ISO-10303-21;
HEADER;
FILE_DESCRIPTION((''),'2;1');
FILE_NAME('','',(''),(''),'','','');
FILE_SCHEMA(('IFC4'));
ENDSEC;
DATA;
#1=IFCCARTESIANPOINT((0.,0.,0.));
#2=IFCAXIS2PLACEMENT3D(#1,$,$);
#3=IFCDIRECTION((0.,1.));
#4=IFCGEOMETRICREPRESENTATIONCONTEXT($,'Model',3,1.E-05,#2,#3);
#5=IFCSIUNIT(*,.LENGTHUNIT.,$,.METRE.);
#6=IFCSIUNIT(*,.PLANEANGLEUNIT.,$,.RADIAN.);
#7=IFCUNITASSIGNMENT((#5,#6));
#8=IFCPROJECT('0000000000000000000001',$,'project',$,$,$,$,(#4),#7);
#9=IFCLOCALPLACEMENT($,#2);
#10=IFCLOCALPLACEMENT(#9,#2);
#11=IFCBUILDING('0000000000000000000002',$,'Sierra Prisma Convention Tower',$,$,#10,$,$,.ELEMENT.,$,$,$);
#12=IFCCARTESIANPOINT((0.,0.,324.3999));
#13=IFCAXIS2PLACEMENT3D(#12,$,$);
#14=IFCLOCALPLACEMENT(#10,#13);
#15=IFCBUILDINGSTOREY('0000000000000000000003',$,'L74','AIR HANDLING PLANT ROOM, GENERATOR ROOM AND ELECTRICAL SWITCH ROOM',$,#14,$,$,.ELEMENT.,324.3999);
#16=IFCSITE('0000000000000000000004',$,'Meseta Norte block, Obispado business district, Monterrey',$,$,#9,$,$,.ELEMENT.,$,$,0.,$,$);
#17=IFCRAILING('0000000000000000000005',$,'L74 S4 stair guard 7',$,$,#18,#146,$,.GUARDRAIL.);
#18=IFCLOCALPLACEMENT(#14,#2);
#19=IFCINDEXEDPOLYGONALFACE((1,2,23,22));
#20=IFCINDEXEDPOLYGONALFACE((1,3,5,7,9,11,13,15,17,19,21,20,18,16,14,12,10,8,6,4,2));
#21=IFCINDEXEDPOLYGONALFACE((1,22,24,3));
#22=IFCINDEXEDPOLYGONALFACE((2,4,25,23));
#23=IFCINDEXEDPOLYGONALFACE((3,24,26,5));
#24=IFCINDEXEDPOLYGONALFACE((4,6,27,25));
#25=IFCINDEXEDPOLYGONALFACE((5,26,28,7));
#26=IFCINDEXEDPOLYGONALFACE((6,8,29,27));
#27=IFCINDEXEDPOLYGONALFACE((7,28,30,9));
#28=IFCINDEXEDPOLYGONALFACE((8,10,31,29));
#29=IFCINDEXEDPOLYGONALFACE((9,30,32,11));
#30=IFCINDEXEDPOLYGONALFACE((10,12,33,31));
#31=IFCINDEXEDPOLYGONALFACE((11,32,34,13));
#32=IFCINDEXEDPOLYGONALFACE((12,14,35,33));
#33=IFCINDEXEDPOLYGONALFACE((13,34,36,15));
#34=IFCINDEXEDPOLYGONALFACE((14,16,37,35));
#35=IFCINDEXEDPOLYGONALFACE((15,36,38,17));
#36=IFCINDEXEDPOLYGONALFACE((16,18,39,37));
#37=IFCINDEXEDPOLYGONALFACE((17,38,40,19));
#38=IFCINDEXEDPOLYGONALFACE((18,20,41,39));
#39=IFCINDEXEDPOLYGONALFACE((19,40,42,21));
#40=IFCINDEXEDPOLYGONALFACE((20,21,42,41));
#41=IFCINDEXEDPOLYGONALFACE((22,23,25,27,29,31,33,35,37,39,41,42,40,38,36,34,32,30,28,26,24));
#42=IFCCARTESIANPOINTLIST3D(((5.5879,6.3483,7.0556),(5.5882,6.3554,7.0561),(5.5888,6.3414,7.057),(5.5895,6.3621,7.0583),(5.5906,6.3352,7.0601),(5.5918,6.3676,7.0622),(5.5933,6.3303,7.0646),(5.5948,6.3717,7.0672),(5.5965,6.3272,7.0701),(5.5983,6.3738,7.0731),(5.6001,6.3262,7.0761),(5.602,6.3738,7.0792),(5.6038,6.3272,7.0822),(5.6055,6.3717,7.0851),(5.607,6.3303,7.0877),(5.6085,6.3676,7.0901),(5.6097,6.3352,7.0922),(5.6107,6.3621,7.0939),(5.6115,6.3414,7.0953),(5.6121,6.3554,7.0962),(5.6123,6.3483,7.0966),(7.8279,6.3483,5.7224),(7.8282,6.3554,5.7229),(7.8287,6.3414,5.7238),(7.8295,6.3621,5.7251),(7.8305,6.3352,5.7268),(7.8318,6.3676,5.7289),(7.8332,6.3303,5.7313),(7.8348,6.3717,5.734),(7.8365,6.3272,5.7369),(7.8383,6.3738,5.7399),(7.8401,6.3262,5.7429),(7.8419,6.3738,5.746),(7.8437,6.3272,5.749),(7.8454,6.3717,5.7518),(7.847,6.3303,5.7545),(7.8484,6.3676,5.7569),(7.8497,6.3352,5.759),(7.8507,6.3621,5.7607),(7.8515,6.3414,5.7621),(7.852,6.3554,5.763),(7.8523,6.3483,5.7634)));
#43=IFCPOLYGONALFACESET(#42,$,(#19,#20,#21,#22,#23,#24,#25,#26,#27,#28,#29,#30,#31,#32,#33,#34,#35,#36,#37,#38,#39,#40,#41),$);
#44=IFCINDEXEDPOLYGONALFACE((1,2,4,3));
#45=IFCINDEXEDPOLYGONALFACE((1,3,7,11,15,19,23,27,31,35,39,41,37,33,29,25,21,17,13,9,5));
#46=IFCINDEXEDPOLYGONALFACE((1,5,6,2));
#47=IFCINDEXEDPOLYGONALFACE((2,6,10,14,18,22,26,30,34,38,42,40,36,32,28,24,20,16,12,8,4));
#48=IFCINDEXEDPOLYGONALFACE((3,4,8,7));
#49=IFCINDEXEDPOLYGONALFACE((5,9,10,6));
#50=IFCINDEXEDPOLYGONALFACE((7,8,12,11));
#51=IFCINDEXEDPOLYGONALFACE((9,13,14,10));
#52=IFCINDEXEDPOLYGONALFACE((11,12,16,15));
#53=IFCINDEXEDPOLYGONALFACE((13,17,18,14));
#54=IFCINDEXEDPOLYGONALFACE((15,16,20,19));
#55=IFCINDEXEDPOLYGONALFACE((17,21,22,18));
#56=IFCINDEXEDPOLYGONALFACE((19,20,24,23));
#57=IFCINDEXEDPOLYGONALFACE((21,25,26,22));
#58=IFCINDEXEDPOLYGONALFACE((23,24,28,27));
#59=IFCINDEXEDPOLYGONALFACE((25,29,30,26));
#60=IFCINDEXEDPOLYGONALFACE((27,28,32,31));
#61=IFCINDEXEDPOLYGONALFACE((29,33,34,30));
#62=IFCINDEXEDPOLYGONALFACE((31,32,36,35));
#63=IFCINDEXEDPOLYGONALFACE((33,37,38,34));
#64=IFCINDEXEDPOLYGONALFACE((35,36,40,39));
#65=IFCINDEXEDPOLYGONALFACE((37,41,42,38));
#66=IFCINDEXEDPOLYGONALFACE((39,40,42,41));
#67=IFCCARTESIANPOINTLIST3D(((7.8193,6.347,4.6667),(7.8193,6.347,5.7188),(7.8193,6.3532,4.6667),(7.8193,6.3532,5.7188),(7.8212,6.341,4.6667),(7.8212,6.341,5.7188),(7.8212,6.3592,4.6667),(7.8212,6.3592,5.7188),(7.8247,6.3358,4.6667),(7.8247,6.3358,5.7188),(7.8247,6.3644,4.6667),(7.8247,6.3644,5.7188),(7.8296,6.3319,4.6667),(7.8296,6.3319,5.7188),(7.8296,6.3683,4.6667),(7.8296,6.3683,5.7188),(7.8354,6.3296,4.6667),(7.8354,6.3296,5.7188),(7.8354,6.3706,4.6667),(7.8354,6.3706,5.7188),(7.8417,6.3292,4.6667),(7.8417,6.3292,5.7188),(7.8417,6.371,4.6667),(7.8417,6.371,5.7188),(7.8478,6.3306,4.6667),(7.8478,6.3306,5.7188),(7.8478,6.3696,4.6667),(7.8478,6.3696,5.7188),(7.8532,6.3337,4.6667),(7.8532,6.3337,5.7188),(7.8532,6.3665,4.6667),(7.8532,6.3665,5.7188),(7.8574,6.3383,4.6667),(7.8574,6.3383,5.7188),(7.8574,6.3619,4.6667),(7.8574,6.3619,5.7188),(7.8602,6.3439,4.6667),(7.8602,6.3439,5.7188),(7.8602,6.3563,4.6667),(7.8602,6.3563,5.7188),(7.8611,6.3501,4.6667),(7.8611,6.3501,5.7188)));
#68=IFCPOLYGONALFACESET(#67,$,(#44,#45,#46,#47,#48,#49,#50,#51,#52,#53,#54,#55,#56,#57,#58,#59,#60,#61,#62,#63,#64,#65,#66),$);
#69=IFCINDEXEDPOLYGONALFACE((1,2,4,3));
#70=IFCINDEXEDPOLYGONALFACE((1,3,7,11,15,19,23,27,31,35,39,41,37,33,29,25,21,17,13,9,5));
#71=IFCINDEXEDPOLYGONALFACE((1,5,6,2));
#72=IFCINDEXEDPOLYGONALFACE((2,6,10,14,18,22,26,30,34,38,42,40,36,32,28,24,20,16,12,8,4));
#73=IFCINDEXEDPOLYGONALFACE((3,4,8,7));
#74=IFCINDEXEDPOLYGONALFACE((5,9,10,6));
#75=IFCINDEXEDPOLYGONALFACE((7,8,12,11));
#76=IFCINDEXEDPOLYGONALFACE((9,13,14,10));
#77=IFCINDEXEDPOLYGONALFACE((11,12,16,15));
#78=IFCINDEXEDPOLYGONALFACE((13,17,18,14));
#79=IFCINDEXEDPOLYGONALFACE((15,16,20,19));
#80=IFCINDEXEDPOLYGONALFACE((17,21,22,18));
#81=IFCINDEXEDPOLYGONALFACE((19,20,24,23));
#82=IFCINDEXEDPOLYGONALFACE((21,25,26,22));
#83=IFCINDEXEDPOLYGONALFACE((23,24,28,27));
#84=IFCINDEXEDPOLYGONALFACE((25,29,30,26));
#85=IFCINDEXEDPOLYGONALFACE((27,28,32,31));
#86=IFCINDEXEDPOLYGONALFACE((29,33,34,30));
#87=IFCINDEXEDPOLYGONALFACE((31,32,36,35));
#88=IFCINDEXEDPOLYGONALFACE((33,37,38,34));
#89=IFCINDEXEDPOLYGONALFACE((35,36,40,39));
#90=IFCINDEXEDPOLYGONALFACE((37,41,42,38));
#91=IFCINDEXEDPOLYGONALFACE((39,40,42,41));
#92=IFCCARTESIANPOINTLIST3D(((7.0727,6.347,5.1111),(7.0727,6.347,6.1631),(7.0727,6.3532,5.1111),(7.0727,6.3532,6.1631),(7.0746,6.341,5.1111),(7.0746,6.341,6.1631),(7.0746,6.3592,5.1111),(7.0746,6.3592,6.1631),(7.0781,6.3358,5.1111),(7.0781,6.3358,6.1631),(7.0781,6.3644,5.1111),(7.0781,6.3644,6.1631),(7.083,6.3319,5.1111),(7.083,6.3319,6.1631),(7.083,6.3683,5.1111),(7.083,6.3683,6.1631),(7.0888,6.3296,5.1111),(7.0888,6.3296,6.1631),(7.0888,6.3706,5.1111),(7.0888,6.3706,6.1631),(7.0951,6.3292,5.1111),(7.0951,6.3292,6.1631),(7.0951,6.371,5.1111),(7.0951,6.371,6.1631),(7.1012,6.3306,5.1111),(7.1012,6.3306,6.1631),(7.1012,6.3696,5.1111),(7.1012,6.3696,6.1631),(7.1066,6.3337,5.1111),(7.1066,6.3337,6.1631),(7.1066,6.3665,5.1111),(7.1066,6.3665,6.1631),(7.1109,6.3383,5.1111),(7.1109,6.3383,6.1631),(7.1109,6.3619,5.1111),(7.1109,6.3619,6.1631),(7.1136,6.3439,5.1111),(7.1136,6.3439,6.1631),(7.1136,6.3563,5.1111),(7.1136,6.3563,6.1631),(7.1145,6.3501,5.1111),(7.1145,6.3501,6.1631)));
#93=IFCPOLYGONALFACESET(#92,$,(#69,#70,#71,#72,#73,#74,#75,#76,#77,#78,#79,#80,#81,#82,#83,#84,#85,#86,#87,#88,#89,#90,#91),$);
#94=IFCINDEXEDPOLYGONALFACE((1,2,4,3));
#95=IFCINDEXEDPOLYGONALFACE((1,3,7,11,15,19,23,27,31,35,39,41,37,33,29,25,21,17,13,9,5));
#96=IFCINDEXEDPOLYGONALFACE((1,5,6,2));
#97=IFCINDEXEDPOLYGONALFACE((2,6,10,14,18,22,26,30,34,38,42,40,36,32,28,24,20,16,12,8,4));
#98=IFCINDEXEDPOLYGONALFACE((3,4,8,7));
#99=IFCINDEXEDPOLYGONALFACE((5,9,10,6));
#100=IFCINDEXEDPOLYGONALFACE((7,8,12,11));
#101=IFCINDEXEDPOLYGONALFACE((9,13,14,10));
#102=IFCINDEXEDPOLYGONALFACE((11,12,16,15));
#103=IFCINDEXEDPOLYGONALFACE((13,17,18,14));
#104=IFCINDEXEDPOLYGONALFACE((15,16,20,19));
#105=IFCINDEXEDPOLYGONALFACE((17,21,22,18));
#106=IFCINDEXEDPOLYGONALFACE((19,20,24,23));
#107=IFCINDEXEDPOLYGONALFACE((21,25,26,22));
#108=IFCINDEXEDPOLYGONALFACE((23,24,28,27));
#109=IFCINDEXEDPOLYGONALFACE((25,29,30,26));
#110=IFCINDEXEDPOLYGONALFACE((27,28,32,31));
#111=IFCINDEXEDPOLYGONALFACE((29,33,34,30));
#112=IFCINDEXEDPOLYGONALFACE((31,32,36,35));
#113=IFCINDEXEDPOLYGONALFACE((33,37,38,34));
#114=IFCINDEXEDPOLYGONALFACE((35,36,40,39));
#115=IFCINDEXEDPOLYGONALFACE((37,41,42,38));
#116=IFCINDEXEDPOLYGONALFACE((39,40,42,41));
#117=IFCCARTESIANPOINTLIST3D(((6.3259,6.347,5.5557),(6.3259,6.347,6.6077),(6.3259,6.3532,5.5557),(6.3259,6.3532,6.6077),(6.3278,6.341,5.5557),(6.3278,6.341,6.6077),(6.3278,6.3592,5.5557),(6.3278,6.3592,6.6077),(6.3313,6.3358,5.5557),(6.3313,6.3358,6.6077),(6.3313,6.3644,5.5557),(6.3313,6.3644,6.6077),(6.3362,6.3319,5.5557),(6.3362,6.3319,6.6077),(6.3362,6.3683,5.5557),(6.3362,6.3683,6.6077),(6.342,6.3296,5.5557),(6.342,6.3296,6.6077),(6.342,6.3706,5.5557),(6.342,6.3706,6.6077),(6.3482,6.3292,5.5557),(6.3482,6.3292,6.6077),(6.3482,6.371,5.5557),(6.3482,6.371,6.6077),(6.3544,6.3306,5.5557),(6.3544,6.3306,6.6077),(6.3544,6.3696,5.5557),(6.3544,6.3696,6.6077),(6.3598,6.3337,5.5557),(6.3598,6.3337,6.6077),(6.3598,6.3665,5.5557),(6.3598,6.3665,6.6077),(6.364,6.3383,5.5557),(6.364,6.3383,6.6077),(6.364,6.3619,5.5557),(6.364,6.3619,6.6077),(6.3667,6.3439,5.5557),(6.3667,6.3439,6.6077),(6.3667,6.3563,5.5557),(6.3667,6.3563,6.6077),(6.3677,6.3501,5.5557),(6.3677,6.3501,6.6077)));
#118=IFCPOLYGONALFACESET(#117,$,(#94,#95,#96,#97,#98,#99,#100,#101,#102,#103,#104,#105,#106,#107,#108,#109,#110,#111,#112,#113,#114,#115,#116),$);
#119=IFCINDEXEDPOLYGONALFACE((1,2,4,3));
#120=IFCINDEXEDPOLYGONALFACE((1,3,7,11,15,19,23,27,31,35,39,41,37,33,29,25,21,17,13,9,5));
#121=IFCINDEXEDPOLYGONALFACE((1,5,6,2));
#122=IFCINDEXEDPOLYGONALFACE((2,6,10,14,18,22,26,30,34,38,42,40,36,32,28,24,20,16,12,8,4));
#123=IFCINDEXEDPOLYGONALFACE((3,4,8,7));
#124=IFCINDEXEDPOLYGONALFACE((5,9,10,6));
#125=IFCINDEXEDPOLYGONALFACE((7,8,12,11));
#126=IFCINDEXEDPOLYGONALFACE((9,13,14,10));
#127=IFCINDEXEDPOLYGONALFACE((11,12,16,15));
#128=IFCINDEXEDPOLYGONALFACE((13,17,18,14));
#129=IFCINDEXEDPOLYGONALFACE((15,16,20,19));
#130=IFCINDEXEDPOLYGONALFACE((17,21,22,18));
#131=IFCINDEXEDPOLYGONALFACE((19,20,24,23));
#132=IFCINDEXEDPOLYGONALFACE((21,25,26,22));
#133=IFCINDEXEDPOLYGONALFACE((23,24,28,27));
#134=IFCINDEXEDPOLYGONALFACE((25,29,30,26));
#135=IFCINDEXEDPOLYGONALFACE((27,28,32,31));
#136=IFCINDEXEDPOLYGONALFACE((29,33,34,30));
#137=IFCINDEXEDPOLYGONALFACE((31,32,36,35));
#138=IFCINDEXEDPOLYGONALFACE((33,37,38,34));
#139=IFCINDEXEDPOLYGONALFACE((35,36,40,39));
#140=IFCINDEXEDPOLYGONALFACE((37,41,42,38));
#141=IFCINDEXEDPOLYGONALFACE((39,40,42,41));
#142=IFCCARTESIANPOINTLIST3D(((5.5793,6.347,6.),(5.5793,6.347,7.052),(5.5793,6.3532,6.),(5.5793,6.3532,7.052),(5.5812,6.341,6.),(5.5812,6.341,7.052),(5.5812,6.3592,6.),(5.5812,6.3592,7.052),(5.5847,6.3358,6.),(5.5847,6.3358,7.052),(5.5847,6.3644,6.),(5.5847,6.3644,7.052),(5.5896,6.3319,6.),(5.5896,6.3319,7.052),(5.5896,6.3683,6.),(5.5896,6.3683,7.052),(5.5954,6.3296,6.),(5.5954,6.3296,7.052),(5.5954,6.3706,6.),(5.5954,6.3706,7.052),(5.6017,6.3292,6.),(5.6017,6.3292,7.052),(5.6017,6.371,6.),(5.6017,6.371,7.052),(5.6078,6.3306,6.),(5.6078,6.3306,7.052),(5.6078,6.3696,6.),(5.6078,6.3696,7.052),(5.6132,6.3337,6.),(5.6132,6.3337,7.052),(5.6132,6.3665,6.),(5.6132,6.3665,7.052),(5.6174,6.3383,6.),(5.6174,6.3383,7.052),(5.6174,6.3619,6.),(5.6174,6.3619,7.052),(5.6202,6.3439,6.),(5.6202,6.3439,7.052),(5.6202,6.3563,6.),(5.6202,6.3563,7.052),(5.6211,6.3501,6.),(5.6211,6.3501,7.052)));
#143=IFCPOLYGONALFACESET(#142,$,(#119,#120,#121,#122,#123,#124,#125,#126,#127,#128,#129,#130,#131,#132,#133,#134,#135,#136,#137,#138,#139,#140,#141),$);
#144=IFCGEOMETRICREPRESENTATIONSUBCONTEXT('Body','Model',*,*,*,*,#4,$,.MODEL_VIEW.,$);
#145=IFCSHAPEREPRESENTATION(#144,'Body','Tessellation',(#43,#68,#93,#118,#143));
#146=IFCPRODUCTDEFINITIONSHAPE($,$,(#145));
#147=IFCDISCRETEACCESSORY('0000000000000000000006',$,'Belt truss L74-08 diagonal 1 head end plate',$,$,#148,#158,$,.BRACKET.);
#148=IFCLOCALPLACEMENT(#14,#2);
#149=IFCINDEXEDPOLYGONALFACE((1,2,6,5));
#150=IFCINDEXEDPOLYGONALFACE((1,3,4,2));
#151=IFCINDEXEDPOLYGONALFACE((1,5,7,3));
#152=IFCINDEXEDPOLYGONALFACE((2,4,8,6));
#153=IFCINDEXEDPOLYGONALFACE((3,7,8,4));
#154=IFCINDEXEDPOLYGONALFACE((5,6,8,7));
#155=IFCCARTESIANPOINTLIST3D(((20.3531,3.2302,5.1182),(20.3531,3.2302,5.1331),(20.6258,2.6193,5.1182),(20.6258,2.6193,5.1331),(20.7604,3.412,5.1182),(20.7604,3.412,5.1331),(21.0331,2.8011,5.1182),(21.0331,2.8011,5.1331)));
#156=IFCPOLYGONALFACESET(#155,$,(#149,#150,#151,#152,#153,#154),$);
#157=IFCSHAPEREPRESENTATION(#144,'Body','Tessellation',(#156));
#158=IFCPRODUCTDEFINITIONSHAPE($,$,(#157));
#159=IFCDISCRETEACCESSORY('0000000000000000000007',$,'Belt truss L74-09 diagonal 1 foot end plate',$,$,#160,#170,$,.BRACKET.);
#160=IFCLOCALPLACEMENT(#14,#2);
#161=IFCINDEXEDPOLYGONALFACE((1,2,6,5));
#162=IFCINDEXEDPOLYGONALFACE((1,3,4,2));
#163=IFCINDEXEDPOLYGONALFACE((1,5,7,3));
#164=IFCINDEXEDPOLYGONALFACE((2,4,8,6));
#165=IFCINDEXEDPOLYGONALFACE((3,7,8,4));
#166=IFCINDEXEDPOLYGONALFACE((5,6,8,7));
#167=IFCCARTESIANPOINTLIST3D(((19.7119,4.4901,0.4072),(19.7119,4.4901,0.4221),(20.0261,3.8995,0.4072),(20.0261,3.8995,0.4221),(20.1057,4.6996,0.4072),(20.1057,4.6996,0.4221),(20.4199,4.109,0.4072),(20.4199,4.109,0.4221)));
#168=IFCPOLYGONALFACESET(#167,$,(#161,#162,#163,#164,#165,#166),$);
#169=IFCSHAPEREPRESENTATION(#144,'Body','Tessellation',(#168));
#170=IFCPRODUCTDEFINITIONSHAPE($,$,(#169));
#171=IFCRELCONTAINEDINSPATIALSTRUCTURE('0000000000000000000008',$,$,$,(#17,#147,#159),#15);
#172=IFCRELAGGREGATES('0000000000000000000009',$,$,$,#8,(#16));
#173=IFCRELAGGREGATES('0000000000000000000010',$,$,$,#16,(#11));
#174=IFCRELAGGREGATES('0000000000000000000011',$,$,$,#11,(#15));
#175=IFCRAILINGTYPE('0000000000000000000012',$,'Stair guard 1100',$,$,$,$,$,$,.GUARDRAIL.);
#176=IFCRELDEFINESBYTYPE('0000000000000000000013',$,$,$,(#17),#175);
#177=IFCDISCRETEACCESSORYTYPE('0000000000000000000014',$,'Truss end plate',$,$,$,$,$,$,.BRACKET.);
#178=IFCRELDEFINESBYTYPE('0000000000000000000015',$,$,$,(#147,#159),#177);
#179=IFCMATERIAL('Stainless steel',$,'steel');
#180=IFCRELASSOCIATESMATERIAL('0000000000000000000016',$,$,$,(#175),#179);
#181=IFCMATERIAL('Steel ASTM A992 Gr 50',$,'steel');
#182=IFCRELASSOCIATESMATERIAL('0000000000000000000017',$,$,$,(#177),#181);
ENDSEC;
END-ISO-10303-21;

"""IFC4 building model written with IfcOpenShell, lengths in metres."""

from ifc_helpers import new_model, si_unit, direction, frame, origin, origin_2d, place, context, subcontext, project, spatial, rectangle, circle, extrude, material, type_object, element, save


model = new_model("IFC4")

# Units and contexts
model_context = context("Model", 3, precision=1e-05, world=origin(), true_north=direction((0.0, 1.0)))
body_context = subcontext(model_context, "Body", "Model", "MODEL_VIEW")
ifc_project = project(units=[si_unit("LENGTHUNIT", "METRE"), si_unit("PLANEANGLEUNIT", "RADIAN")], contexts=[model_context])

# Site, building, storey
site_placement = place(None, origin())
site = spatial("IfcSite", under=ifc_project, at=site_placement, Name="Meseta Norte block, Obispado business district, Monterrey", CompositionType="ELEMENT", RefElevation=0.0)
building_placement = place(site_placement, origin())
building = spatial("IfcBuilding", under=site, at=building_placement, Name="Sierra Prisma Convention Tower", CompositionType="ELEMENT")
storey_placement = place(building_placement, frame((0.0, 0.0, 324.3999)))
storey = spatial("IfcBuildingStorey", under=building, at=storey_placement, Name="L74", Description="AIR HANDLING PLANT ROOM, GENERATOR ROOM AND ELECTRICAL SWITCH ROOM", CompositionType="ELEMENT", Elevation=324.3999)

# Railing
ifc_material_1 = material(Name="Stainless steel", Category="steel")
railing_type = type_object("IfcRailingType", Name="Stair guard 1100", PredefinedType="GUARDRAIL", material=ifc_material_1)
railing_1_placement = place(storey_placement, frame((7.8401, 6.3501, 4.6667)))
element("IfcRailing", 1, at=railing_1_placement, inside=storey, type_object=railing_type, Name="L74 S4 stair guard 7", PredefinedType="GUARDRAIL", context=body_context, shape_type="SweptSolid", body=[
    extrude(circle(Radius=0.0239, at=origin_2d()), frame((0.0, 0.0, 1.0762), z_axis=(-0.859306, 0.0, 0.511462), x_axis=(0.0, -1.0, 0.0)), (0.0, 0.0, 1.0), 2.6067),
    extrude(circle(Radius=0.021, at=origin_2d()), origin(), (0.0, 0.0, 1.0), 1.052),
    extrude(circle(Radius=0.021, at=origin_2d()), frame((-0.7466, 0.0, 0.4443)), (0.0, 0.0, 1.0), 1.052),
    extrude(circle(Radius=0.021, at=origin_2d()), frame((-1.4934, 0.0, 0.8889)), (0.0, 0.0, 1.0), 1.052),
    extrude(circle(Radius=0.021, at=origin_2d()), frame((-2.24, 0.0, 1.3333)), (0.0, 0.0, 1.0), 1.052),
])

# Discrete accessories
ifc_material_2 = material(Name="Steel ASTM A992 Gr 50", Category="steel")
discrete_accessory_type = type_object("IfcDiscreteAccessoryType", Name="Truss end plate", PredefinedType="BRACKET", material=ifc_material_2)
for number, where, z_axis, x_axis, name in (
    (2, (20.6931, 3.0156, 5.1182), (0.0, 0.0, 1.0), (-0.407593, 0.913164, 0.0), "Belt truss L74-08 diagonal 1 head end plate"),
    (3, (20.0659, 4.2996, 0.4072), (0.0, 0.0, 1.0), (-0.469738, 0.882806, 0.0), "Belt truss L74-09 diagonal 1 foot end plate"),
):
    element("IfcDiscreteAccessory", number, at=place(storey_placement, frame(where, z_axis=z_axis, x_axis=x_axis)), inside=storey, type_object=discrete_accessory_type, Name=name, PredefinedType="BRACKET", context=body_context, shape_type="SweptSolid", body=[
        extrude(rectangle(XDim=0.6689, YDim=0.446, at=origin_2d()), origin(), (0.0, 0.0, 1.0), 0.0149),
    ])

save(model, "model.ifc")
